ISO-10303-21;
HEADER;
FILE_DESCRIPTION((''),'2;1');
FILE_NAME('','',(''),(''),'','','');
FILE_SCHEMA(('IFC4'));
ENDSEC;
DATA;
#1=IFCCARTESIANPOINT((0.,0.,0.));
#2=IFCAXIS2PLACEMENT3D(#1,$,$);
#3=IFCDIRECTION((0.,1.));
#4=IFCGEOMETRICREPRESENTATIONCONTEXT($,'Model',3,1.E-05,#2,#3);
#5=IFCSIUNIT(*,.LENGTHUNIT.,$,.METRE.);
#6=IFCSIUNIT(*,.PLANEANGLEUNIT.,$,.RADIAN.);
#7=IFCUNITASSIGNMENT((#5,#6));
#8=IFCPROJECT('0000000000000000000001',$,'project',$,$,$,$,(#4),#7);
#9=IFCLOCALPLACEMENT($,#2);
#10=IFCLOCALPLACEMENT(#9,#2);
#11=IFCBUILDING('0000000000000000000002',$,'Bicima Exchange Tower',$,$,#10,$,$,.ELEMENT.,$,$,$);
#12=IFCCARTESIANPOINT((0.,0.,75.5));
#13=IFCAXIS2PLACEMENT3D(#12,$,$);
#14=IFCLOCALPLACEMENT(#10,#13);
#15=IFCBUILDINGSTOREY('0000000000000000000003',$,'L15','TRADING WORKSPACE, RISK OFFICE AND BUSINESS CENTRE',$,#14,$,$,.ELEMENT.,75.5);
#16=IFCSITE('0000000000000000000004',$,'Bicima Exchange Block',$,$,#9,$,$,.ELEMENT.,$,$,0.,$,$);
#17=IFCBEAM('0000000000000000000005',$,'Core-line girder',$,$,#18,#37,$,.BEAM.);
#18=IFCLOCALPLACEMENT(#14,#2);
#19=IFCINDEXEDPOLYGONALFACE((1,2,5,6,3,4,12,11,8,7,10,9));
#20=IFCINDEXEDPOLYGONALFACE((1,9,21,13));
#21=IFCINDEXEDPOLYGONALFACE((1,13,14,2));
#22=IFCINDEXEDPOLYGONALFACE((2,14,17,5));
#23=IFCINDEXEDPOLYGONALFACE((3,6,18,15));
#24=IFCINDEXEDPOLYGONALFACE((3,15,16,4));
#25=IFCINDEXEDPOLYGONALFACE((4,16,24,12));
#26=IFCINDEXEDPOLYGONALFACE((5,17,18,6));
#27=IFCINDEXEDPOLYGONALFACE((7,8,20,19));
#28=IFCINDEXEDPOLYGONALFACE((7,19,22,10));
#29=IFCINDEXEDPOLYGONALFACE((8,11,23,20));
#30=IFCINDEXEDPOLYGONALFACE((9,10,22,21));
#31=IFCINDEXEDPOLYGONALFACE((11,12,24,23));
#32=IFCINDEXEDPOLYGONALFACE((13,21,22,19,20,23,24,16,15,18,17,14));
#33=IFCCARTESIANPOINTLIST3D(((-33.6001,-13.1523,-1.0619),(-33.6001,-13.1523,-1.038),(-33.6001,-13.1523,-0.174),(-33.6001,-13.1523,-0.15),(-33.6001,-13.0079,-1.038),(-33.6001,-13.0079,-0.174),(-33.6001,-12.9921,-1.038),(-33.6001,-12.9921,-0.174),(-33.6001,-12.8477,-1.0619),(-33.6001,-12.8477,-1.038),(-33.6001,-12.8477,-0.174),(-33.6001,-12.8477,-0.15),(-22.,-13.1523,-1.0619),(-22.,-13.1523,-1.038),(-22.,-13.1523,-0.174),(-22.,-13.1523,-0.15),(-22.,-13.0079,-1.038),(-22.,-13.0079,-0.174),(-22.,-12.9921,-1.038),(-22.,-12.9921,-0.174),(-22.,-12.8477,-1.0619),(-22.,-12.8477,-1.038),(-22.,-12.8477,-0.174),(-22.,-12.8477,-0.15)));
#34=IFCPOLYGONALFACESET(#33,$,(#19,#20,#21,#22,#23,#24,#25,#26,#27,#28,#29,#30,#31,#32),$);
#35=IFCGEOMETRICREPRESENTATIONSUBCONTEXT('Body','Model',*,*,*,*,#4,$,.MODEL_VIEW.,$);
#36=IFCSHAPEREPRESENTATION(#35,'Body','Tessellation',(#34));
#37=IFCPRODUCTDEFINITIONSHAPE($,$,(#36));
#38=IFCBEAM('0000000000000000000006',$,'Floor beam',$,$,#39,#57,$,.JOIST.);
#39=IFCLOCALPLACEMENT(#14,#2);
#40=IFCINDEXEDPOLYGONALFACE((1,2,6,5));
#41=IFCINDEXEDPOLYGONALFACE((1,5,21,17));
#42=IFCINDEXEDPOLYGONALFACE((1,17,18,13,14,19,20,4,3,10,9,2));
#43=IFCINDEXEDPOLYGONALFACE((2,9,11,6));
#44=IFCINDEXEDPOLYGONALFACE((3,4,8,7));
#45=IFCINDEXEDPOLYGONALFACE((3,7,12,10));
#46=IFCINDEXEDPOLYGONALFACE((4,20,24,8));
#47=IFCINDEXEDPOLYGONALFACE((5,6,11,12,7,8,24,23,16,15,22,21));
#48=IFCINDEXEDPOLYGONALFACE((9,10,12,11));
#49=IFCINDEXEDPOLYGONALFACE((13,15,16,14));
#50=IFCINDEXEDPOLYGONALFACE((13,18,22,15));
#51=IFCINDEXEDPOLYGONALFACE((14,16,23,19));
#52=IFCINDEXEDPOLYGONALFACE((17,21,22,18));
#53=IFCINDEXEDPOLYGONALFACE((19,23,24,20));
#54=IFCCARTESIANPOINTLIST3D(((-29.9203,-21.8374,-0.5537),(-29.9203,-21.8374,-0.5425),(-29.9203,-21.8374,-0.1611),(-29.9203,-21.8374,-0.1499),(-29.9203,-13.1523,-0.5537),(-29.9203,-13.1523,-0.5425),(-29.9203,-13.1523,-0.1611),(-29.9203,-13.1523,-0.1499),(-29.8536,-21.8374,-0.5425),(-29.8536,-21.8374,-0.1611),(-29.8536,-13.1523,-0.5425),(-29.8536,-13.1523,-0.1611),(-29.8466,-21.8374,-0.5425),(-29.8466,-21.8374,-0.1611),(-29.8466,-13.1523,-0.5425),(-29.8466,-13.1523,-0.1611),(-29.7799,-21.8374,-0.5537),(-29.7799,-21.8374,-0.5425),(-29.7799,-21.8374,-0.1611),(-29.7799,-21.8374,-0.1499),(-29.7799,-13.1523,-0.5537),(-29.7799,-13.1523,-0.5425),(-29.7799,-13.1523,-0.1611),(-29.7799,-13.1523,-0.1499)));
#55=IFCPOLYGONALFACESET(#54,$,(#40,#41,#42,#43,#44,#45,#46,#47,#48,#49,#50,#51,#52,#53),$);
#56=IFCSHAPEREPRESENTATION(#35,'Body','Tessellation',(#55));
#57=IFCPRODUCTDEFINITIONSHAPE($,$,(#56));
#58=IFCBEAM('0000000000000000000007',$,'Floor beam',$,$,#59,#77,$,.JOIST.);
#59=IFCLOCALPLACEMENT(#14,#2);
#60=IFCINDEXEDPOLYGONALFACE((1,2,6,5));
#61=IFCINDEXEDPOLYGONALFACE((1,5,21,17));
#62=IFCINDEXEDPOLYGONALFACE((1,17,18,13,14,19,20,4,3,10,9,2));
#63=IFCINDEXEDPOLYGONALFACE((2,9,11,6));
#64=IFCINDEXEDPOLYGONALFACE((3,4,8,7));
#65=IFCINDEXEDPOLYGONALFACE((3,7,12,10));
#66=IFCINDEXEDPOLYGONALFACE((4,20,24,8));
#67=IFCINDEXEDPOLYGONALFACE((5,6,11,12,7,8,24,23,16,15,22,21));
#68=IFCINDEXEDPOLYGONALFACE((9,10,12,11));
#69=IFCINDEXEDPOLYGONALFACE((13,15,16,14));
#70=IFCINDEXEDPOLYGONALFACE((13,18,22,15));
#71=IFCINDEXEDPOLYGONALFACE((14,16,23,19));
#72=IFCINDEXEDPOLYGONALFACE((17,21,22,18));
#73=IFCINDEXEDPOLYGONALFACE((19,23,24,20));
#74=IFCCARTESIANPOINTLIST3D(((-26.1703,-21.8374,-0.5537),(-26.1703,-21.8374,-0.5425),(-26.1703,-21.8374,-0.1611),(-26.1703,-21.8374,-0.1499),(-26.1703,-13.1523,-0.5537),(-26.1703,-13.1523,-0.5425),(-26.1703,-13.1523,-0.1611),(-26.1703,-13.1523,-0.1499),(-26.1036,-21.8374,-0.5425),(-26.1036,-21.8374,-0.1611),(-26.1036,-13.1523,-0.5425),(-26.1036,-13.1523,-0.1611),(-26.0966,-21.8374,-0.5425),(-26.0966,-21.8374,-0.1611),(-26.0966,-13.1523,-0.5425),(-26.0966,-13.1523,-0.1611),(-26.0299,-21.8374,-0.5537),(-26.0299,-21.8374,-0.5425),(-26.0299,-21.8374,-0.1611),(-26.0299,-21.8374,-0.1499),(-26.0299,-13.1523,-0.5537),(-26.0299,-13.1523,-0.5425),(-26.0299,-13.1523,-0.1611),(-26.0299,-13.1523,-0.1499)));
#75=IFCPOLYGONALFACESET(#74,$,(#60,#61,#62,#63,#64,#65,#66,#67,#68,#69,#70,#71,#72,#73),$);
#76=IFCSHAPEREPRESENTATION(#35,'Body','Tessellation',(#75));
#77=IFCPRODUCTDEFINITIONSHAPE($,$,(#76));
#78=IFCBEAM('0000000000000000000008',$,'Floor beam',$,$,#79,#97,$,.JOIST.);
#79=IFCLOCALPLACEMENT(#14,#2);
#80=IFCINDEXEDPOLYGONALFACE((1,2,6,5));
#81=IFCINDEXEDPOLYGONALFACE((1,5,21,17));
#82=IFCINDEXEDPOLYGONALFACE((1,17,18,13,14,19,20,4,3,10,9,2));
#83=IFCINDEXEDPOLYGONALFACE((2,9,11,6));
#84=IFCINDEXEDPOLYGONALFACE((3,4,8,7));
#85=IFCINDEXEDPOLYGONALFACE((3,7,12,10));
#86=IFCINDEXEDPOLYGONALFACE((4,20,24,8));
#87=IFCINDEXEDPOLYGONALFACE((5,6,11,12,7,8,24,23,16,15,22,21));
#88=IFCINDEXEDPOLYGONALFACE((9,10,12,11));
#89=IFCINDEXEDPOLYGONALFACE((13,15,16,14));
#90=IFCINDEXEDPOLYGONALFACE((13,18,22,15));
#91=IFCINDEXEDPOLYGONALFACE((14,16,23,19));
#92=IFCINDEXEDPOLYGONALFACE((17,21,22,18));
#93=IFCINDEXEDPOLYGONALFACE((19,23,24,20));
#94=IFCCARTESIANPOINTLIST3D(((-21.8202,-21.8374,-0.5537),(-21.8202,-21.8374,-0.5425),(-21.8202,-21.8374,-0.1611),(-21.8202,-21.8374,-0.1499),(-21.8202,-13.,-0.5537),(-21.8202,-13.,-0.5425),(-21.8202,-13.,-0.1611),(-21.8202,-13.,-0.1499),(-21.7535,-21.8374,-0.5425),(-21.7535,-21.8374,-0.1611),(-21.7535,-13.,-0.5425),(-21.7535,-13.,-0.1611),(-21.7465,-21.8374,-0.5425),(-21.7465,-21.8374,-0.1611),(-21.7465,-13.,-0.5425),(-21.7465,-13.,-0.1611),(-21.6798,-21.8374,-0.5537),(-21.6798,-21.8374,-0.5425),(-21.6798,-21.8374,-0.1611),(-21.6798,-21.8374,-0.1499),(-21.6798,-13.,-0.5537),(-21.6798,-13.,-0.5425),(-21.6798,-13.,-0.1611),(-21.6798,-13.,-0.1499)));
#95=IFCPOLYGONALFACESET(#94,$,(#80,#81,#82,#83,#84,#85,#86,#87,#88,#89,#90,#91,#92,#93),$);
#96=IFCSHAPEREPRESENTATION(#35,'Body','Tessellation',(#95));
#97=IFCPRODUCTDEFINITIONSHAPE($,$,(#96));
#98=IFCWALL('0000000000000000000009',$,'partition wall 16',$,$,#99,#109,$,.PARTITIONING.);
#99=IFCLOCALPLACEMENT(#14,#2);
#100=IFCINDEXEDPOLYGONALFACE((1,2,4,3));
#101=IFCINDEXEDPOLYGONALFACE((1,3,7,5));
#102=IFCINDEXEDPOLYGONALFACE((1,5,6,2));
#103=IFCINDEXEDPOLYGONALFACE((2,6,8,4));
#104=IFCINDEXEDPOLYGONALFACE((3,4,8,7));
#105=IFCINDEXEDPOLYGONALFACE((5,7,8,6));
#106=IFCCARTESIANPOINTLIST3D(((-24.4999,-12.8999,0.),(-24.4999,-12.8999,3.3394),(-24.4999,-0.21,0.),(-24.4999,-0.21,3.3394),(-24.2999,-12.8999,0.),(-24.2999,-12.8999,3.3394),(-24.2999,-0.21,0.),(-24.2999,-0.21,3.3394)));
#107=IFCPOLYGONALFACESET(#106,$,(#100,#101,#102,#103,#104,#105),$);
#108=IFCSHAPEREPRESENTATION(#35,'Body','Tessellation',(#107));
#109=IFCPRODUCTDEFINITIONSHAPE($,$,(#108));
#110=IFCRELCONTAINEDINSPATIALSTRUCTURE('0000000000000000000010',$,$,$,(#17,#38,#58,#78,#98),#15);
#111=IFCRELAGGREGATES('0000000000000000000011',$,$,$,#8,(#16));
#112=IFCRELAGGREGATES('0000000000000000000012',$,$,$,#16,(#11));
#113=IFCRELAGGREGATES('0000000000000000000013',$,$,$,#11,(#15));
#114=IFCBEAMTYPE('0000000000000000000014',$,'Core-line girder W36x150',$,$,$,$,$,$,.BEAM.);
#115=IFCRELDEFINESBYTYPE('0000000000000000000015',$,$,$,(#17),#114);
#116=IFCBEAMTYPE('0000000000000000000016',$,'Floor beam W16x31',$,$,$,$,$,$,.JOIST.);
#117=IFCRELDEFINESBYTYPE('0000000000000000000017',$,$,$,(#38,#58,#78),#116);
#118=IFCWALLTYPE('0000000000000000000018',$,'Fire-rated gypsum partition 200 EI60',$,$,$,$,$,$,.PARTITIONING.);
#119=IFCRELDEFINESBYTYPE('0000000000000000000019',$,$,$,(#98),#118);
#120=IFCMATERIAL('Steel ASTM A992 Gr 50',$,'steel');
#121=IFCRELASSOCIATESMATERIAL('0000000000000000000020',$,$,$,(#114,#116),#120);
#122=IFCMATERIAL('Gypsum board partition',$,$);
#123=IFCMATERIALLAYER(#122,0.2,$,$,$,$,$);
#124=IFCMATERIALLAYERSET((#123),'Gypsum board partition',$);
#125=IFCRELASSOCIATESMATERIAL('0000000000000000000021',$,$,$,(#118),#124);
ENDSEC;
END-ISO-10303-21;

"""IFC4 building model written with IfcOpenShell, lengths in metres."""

from ifc_helpers import new_model, si_unit, direction, frame, frame_2d, origin, origin_2d, place, context, subcontext, project, spatial, rectangle, i_section, extrude, material, layer, layer_set, material_profile, profile_set, type_object, element, save


model = new_model("IFC4")

# Units and contexts
model_context = context("Model", 3, precision=1e-05, world=origin(), true_north=direction((0.0, 1.0)))
body_context = subcontext(model_context, "Body", "Model", "MODEL_VIEW")
ifc_project = project(units=[si_unit("LENGTHUNIT", "METRE"), si_unit("PLANEANGLEUNIT", "RADIAN")], contexts=[model_context])

# Site, building, storey
site_placement = place(None, origin())
site = spatial("IfcSite", under=ifc_project, at=site_placement, Name="Bicima Exchange Block", CompositionType="ELEMENT", RefElevation=0.0)
building_placement = place(site_placement, origin())
building = spatial("IfcBuilding", under=site, at=building_placement, Name="Bicima Exchange Tower", CompositionType="ELEMENT")
storey_placement = place(building_placement, frame((0.0, 0.0, 75.5)))
storey = spatial("IfcBuildingStorey", under=building, at=storey_placement, Name="L15", Description="TRADING WORKSPACE, RISK OFFICE AND BUSINESS CENTRE", CompositionType="ELEMENT", Elevation=75.5)

# Beams
ifc_material_1 = material(Name="Steel ASTM A992 Gr 50", Category="steel")
ifc_material_profile_1 = material_profile(ifc_material_1, i_section(OverallWidth=0.3047, OverallDepth=0.9119, WebThickness=0.0159, FlangeThickness=0.0239, at=origin_2d()))
ifc_profile_set_1 = profile_set([ifc_material_profile_1], Name="Steel ASTM A992 Gr 50")
beam_type_1 = type_object("IfcBeamType", Name="Core-line girder W36x150", PredefinedType="BEAM", material=ifc_profile_set_1)
beam_1_placement = place(storey_placement, frame((-22.0, -13.0, -0.606), z_axis=(-1.0, 0.0, 0.0), x_axis=(0.0, -1.0, 0.0)))
element("IfcBeam", 1, at=beam_1_placement, inside=storey, type_object=beam_type_1, Name="Core-line girder", PredefinedType="BEAM", context=body_context, shape_type="SweptSolid", body=[
    extrude(i_section(OverallWidth=0.3047, OverallDepth=0.9119, WebThickness=0.0159, FlangeThickness=0.0239, at=origin_2d()), origin(), (0.0, 0.0, 1.0), 11.6001),
])
ifc_material_profile_2 = material_profile(ifc_material_1, i_section(OverallWidth=0.1404, OverallDepth=0.4038, WebThickness=0.0071, FlangeThickness=0.0112, at=origin_2d()))
ifc_profile_set_2 = profile_set([ifc_material_profile_2], Name="Steel ASTM A992 Gr 50")
beam_type_2 = type_object("IfcBeamType", Name="Floor beam W16x31", PredefinedType="JOIST", material=ifc_profile_set_2)
for number, where, z_axis, x_axis, name in (
    (2, (-29.8501, -13.1523, -0.3518), (0.0, -1.0, 0.0), (1.0, 0.0, 0.0), "Floor beam"),
    (3, (-26.1001, -13.1523, -0.3518), (0.0, -1.0, 0.0), (1.0, 0.0, 0.0), "Floor beam"),
):
    element("IfcBeam", number, at=place(storey_placement, frame(where, z_axis=z_axis, x_axis=x_axis)), inside=storey, type_object=beam_type_2, Name=name, PredefinedType="JOIST", context=body_context, shape_type="SweptSolid", body=[
        extrude(i_section(OverallWidth=0.1404, OverallDepth=0.4038, WebThickness=0.0071, FlangeThickness=0.0112, at=origin_2d()), origin(), (0.0, 0.0, 1.0), 8.6851),
    ])
beam_2_placement = place(storey_placement, frame((-21.75, -13.0, -0.3518), z_axis=(0.0, -1.0, 0.0), x_axis=(1.0, 0.0, 0.0)))
element("IfcBeam", 4, at=beam_2_placement, inside=storey, type_object=beam_type_2, Name="Floor beam", PredefinedType="JOIST", context=body_context, shape_type="SweptSolid", body=[
    extrude(i_section(OverallWidth=0.1404, OverallDepth=0.4038, WebThickness=0.0071, FlangeThickness=0.0112, at=origin_2d()), origin(), (0.0, 0.0, 1.0), 8.8374),
])

# Wall
ifc_material_2 = material(Name="Gypsum board partition")
ifc_layer_1 = layer(ifc_material_2, 0.2)
ifc_layer_set_1 = layer_set([ifc_layer_1], Name="Gypsum board partition")
wall_type_1 = type_object("IfcWallType", Name="Fire-rated gypsum partition 200 EI60", PredefinedType="PARTITIONING", material=ifc_layer_set_1)
wall_1_placement = place(storey_placement, frame((-24.3999, -12.8999, 0.0), z_axis=(0.0, 0.0, 1.0), x_axis=(0.0, 1.0, 0.0)))
element("IfcWall", 5, at=wall_1_placement, inside=storey, type_object=wall_type_1, Name="partition wall 16", PredefinedType="PARTITIONING", context=body_context, shape_type="SweptSolid", body=[
    extrude(rectangle(XDim=12.6899, YDim=0.2, at=frame_2d((6.345, 0.0))), origin(), (0.0, 0.0, 1.0), 3.3394),
])

save(model, "model.ifc")
